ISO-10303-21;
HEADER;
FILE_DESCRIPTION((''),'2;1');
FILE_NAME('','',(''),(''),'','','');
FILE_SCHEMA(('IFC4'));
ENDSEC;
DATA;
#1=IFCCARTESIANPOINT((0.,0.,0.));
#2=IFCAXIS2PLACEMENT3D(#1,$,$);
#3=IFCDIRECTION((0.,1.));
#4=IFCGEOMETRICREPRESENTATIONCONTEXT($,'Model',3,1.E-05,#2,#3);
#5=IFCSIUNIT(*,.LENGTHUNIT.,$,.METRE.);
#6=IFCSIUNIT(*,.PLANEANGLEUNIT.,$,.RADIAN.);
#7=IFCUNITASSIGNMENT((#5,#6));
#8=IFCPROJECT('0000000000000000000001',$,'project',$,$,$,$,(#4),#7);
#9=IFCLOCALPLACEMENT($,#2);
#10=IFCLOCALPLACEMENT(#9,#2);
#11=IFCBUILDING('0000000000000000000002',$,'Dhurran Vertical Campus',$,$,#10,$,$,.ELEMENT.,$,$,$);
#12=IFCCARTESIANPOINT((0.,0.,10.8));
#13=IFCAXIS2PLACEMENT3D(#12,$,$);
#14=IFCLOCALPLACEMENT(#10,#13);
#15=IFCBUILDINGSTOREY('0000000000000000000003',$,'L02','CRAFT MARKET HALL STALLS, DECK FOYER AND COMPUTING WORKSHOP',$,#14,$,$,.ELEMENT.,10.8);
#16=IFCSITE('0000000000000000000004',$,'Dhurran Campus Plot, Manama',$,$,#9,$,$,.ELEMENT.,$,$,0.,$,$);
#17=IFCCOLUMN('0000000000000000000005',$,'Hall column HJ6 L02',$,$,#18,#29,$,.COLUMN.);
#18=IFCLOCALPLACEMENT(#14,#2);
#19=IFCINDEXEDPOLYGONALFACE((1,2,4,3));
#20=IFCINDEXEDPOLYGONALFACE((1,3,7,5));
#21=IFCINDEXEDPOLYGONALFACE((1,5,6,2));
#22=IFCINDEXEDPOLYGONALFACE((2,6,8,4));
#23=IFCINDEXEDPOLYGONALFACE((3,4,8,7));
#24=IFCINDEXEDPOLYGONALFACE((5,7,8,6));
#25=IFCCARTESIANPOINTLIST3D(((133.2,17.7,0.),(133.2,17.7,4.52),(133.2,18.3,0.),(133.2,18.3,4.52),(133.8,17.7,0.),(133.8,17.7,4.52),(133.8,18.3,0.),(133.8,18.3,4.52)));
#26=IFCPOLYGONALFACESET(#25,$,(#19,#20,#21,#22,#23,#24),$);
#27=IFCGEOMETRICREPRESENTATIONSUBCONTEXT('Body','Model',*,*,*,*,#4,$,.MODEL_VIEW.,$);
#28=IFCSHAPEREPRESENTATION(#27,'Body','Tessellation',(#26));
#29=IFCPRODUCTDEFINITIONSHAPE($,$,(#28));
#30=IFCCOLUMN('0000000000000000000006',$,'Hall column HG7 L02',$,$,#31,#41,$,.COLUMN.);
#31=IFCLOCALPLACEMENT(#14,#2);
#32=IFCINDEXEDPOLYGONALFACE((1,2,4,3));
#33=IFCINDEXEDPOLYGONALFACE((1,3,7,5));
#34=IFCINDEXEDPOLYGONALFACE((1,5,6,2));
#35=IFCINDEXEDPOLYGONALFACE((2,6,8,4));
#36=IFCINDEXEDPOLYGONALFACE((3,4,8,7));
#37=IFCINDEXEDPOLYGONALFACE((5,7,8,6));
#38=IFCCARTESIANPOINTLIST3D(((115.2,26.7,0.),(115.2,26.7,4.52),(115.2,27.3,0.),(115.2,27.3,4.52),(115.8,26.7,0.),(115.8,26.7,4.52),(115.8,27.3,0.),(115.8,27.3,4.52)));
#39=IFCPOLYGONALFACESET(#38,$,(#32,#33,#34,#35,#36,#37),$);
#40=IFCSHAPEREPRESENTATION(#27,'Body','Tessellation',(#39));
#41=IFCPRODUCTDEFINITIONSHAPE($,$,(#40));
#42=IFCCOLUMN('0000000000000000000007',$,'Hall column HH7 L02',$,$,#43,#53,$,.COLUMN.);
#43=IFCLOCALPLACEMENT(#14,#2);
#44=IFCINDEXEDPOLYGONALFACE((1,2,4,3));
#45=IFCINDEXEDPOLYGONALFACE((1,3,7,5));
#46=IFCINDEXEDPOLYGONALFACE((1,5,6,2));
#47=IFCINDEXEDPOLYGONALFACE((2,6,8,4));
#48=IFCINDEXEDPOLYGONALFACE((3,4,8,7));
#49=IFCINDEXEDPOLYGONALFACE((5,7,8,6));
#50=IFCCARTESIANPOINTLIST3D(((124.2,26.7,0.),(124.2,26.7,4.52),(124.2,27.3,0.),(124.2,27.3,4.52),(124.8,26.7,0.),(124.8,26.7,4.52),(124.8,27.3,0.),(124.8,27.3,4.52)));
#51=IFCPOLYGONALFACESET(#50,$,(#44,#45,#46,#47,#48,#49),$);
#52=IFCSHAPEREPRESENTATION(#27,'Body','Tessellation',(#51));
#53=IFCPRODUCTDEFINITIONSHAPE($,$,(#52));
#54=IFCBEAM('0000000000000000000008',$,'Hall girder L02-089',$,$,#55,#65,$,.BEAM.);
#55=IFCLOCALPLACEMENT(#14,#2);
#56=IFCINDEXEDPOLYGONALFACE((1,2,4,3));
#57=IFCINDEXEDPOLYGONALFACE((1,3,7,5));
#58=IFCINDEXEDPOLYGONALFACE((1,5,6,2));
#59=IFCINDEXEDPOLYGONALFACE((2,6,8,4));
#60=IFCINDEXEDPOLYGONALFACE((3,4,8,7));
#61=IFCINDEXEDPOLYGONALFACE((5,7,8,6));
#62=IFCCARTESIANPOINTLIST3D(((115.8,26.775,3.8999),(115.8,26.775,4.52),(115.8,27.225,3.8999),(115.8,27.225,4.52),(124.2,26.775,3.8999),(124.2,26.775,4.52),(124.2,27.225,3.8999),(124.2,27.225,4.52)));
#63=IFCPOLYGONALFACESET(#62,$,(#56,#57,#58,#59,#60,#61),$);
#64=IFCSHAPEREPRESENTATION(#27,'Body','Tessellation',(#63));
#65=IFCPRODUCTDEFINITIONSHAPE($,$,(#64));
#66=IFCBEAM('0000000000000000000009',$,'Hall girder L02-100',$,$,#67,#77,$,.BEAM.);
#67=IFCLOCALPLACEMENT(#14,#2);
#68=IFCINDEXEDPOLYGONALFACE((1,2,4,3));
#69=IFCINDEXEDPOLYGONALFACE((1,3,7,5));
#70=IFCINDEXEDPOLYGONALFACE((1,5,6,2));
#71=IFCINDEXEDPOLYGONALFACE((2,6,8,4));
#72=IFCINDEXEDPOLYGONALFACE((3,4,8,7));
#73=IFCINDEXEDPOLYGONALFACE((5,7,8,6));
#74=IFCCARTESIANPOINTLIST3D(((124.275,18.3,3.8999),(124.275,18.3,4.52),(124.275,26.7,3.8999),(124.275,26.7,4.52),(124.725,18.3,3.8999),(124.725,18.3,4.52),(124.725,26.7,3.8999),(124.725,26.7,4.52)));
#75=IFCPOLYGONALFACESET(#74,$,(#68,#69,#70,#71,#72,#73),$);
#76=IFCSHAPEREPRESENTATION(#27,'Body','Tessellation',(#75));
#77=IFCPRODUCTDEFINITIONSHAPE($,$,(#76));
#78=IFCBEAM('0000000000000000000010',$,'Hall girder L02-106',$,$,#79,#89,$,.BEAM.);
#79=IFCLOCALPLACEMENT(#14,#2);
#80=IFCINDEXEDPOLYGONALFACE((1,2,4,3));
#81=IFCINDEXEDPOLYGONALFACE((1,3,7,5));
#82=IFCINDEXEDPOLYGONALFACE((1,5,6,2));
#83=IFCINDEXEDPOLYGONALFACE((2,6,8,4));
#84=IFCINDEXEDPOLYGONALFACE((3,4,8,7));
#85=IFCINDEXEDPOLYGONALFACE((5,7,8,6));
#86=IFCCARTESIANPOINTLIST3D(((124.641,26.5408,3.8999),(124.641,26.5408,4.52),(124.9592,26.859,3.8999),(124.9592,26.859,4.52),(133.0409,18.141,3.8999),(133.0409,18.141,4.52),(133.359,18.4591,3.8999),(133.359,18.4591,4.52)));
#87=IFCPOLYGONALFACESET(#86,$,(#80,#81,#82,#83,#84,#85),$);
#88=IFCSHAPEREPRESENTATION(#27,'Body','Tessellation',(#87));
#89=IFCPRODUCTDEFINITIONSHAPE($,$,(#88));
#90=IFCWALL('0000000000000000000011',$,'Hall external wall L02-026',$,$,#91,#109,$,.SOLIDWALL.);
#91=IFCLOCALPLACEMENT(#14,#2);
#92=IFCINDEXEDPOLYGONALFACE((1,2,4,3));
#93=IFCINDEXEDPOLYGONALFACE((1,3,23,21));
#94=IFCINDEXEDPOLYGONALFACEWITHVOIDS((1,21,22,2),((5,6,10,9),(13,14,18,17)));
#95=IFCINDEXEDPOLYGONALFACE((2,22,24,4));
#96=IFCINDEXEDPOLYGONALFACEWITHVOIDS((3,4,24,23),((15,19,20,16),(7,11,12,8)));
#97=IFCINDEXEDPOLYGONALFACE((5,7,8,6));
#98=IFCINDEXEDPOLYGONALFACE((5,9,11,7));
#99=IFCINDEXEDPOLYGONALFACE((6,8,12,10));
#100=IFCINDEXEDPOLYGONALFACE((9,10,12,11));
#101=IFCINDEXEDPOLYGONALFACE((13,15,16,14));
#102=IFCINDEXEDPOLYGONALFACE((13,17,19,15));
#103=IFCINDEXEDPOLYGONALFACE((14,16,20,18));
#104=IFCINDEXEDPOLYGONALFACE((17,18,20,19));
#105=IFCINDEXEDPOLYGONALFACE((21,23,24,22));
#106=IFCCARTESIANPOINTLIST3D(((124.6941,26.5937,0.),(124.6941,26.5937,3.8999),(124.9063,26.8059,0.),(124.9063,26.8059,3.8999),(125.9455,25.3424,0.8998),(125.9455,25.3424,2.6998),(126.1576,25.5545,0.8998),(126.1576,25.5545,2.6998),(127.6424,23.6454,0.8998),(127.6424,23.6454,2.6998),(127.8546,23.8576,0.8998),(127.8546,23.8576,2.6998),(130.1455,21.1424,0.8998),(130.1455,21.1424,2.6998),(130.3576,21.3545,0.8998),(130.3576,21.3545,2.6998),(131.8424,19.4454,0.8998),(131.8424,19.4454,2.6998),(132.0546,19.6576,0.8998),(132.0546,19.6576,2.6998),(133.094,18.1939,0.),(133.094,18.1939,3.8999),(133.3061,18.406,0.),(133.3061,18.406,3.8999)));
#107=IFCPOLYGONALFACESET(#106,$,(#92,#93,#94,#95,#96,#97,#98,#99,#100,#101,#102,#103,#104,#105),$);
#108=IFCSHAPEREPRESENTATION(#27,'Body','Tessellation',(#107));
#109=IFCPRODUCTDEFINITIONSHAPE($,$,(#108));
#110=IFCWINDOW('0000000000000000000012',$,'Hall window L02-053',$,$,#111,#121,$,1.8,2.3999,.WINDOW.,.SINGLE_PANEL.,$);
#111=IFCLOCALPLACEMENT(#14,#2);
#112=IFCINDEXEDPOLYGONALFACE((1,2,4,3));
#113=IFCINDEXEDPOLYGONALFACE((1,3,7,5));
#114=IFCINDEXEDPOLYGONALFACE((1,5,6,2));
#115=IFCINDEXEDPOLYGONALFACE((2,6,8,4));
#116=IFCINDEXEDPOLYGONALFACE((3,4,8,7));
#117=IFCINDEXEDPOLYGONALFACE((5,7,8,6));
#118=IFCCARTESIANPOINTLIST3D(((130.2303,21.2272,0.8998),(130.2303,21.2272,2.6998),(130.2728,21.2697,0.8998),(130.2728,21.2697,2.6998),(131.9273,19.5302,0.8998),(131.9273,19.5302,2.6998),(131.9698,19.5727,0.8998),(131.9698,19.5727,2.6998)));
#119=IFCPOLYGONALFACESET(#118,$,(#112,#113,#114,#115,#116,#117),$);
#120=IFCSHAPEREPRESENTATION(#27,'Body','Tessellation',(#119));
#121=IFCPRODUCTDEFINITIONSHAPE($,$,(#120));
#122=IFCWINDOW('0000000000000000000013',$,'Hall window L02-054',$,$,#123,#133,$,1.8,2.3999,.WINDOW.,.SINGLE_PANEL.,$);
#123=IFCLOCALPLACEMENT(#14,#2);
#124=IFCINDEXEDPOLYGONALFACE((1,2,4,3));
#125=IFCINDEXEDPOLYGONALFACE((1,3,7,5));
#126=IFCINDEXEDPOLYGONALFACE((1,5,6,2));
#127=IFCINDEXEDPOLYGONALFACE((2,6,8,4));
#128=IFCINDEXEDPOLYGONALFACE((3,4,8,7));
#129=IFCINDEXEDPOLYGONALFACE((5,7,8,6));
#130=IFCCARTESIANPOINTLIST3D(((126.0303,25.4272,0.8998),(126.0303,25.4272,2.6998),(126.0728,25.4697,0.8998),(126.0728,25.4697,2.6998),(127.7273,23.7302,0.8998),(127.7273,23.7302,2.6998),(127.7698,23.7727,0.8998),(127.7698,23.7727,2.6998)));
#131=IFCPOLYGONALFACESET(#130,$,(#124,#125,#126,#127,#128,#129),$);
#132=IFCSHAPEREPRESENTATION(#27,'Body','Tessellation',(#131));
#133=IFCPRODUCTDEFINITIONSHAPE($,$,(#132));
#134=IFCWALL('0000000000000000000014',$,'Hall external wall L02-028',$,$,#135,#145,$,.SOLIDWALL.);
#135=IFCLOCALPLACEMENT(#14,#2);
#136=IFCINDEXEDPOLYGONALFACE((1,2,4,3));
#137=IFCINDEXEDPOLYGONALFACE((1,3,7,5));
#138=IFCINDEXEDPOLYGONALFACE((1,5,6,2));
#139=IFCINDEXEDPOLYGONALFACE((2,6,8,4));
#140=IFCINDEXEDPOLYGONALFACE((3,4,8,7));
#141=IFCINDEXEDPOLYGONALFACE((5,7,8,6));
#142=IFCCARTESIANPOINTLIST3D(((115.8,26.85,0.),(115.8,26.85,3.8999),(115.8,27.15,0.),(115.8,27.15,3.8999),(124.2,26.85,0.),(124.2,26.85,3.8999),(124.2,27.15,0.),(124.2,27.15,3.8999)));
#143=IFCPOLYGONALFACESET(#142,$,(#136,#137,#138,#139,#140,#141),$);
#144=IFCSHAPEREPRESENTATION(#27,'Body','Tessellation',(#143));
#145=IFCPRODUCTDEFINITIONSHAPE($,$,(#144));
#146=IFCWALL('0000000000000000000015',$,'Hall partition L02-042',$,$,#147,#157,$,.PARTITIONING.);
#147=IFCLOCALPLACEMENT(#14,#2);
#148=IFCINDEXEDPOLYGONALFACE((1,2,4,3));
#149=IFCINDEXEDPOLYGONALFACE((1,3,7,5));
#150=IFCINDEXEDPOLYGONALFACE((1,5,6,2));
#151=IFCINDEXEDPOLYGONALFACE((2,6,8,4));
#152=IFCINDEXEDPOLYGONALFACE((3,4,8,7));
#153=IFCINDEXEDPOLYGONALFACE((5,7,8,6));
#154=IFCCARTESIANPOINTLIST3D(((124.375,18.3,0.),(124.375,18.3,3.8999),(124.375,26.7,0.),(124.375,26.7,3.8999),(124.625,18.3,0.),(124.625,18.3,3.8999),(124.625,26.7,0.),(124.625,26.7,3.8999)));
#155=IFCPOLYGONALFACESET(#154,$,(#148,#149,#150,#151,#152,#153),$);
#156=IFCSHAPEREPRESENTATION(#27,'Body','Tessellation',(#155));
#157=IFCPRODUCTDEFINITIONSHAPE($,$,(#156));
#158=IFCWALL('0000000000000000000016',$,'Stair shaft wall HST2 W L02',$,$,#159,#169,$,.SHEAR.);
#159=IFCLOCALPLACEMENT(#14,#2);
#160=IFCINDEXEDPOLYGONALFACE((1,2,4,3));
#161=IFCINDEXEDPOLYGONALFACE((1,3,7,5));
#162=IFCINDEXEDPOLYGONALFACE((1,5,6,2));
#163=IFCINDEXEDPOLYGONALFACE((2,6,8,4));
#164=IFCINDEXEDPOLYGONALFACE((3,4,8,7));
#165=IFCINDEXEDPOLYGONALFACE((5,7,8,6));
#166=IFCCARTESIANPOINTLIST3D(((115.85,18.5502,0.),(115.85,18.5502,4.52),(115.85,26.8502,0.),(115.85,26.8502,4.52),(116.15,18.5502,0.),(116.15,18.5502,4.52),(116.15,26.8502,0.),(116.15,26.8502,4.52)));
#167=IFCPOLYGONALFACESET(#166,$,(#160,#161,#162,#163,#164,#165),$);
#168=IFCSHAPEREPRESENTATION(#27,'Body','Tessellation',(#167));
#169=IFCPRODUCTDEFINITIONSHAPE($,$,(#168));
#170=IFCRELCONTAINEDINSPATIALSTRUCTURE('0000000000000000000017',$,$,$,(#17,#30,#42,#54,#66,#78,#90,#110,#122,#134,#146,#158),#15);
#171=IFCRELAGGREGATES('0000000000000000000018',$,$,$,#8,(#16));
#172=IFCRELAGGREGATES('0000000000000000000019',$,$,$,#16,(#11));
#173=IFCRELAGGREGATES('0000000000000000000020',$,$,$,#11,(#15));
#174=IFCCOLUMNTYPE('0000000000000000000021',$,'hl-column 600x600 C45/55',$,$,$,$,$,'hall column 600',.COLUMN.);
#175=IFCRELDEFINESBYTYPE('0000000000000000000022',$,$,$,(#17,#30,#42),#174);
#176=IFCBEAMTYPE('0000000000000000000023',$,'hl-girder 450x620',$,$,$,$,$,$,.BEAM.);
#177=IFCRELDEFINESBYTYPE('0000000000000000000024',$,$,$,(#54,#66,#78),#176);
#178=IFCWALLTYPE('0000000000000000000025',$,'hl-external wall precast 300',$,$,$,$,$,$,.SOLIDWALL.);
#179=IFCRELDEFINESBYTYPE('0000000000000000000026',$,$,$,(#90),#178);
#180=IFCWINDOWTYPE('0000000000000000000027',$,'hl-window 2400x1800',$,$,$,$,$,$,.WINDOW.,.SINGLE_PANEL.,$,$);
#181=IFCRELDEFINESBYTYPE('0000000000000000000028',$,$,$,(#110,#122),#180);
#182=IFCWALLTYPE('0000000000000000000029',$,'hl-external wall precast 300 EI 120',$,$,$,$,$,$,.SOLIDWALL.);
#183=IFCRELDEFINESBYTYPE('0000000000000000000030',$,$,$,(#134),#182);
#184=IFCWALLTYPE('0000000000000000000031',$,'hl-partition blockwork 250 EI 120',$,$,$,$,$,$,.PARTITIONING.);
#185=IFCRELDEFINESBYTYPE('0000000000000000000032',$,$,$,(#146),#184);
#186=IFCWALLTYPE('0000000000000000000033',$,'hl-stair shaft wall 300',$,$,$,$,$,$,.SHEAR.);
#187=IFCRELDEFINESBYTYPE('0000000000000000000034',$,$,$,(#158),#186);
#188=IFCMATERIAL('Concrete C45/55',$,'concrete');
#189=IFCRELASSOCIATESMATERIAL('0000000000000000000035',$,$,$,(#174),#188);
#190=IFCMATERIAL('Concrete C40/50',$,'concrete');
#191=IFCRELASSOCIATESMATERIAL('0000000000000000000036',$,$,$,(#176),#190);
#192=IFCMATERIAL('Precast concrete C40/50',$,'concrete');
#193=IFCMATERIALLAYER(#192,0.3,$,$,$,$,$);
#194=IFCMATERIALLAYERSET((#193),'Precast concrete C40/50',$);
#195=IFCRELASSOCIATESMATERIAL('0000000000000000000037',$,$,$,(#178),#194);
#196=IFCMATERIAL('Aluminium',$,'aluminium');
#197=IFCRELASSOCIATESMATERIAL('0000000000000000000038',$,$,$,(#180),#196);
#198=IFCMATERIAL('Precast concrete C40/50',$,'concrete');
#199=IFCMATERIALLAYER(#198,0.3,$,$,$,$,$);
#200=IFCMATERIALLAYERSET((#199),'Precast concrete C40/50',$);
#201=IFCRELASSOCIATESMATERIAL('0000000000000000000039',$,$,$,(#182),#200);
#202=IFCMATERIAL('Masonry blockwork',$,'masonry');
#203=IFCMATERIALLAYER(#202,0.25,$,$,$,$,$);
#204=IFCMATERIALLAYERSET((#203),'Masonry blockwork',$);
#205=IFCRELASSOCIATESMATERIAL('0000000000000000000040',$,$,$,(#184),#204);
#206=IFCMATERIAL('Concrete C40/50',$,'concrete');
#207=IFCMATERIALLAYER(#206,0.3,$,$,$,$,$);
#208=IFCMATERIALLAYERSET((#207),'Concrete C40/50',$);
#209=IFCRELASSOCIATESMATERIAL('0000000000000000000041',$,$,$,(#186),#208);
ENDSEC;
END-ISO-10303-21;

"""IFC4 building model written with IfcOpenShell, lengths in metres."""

from ifc_helpers import new_model, si_unit, direction, frame, frame_2d, origin, origin_2d, place, context, subcontext, project, spatial, rectangle, extrude, material, layer, layer_set, material_profile, profile_set, type_object, element, fill, save


model = new_model("IFC4")

# Units and contexts
model_context = context("Model", 3, precision=1e-05, world=origin(), true_north=direction((0.0, 1.0)))
body_context = subcontext(model_context, "Body", "Model", "MODEL_VIEW")
ifc_project = project(units=[si_unit("LENGTHUNIT", "METRE"), si_unit("PLANEANGLEUNIT", "RADIAN")], contexts=[model_context])

# Site, building, storey
site_placement = place(None, origin())
site = spatial("IfcSite", under=ifc_project, at=site_placement, Name="Dhurran Campus Plot, Manama", CompositionType="ELEMENT", RefElevation=0.0)
building_placement = place(site_placement, origin())
building = spatial("IfcBuilding", under=site, at=building_placement, Name="Dhurran Vertical Campus", CompositionType="ELEMENT")
storey_placement = place(building_placement, frame((0.0, 0.0, 10.8)))
storey = spatial("IfcBuildingStorey", under=building, at=storey_placement, Name="L02", Description="CRAFT MARKET HALL STALLS, DECK FOYER AND COMPUTING WORKSHOP", CompositionType="ELEMENT", Elevation=10.8)

# Columns
ifc_material_1 = material(Name="Concrete C45/55", Category="concrete")
ifc_material_profile_1 = material_profile(ifc_material_1, rectangle(XDim=0.6001, YDim=0.6001, at=origin_2d()), Name="hl-column 600x600 C45/55")
ifc_profile_set_1 = profile_set([ifc_material_profile_1], Name="Concrete C45/55")
column_type = type_object("IfcColumnType", Name="hl-column 600x600 C45/55", ElementType="hall column 600", PredefinedType="COLUMN", material=ifc_profile_set_1)
for number, where, z_axis, x_axis, name in (
    (1, (133.5, 18.0, 0.0), (0.0, 0.0, 1.0), (1.0, 0.0, 0.0), "Hall column HJ6 L02"),
    (2, (115.5, 27.0, 0.0), (0.0, 0.0, 1.0), (1.0, 0.0, 0.0), "Hall column HG7 L02"),
    (3, (124.5, 27.0, 0.0), (0.0, 0.0, 1.0), (1.0, 0.0, 0.0), "Hall column HH7 L02"),
):
    element("IfcColumn", number, at=place(storey_placement, frame(where, z_axis=z_axis, x_axis=x_axis)), inside=storey, type_object=column_type, Name=name, PredefinedType="COLUMN", context=body_context, shape_type="SweptSolid", body=[
        extrude(rectangle(XDim=0.6001, YDim=0.6001, at=origin_2d()), origin(), (0.0, 0.0, 1.0), 4.52),
    ])

# Beams
ifc_material_2 = material(Name="Concrete C40/50", Category="concrete")
ifc_material_profile_2 = material_profile(ifc_material_2, rectangle(XDim=0.45, YDim=0.6201, at=origin_2d()), Name="hl-girder 450x620")
ifc_profile_set_2 = profile_set([ifc_material_profile_2], Name="Concrete C40/50")
beam_type = type_object("IfcBeamType", Name="hl-girder 450x620", PredefinedType="BEAM", material=ifc_profile_set_2)
for number, where, z_axis, x_axis, name in (
    (4, (115.8, 27.0, 4.21), (1.0, 0.0, 0.0), (0.0, 1.0, 0.0), "Hall girder L02-089"),
    (5, (124.5, 18.3, 4.21), (0.0, 1.0, 0.0), (-1.0, 0.0, 0.0), "Hall girder L02-100"),
):
    element("IfcBeam", number, at=place(storey_placement, frame(where, z_axis=z_axis, x_axis=x_axis)), inside=storey, type_object=beam_type, Name=name, PredefinedType="BEAM", context=body_context, shape_type="SweptSolid", body=[
        extrude(rectangle(XDim=0.45, YDim=0.6201, at=origin_2d()), origin(), (0.0, 0.0, 1.0), 8.3999),
    ])
beam_placement = place(storey_placement, frame((133.2, 18.3, 4.21), z_axis=(-0.707107, 0.707107, 0.0), x_axis=(-0.707107, -0.707107, 0.0)))
element("IfcBeam", 6, at=beam_placement, inside=storey, type_object=beam_type, Name="Hall girder L02-106", PredefinedType="BEAM", context=body_context, shape_type="SweptSolid", body=[
    extrude(rectangle(XDim=0.45, YDim=0.6201, at=origin_2d()), origin(), (0.0, 0.0, 1.0), 11.8792),
])

# Wall, openings, windows
ifc_material_3 = material(Name="Precast concrete C40/50", Category="concrete")
ifc_layer_1 = layer(ifc_material_3, 0.3)
ifc_layer_set_1 = layer_set([ifc_layer_1], Name="Precast concrete C40/50")
wall_type_1 = type_object("IfcWallType", Name="hl-external wall precast 300", PredefinedType="SOLIDWALL", material=ifc_layer_set_1)
wall_1_placement = place(storey_placement, frame((133.2, 18.3, 0.0), z_axis=(0.0, 0.0, 1.0), x_axis=(-0.707107, 0.707107, 0.0)))
wall_1 = element("IfcWall", 7, at=wall_1_placement, inside=storey, type_object=wall_type_1, Name="Hall external wall L02-026", PredefinedType="SOLIDWALL", context=body_context, shape_type="SweptSolid", body=[
    extrude(rectangle(XDim=11.8792, YDim=0.3, at=frame_2d((5.9395, 0.0))), origin(), (0.0, 0.0, 1.0), 3.8999),
])
opening_1_placement = place(wall_1_placement, frame((1.7698, 0.0, 0.8999)))
opening_1 = element("IfcOpeningElement", 8, at=opening_1_placement, cuts=wall_1, PredefinedType="OPENING", context=body_context, shape_type="SweptSolid", body=[
    extrude(rectangle(XDim=2.3999, YDim=1.8, at=frame_2d((1.2, 0.8999))), frame((0.0, 0.1599, 0.0), z_axis=(0.0, -1.0, 0.0), x_axis=(1.0, 0.0, 0.0)), (0.0, 0.0, 1.0), 0.3201),
])
opening_2_placement = place(wall_1_placement, frame((7.7095, 0.0, 0.8999)))
opening_2 = element("IfcOpeningElement", 9, at=opening_2_placement, cuts=wall_1, PredefinedType="OPENING", context=body_context, shape_type="SweptSolid", body=[
    extrude(rectangle(XDim=2.3999, YDim=1.8, at=frame_2d((1.2, 0.8999))), frame((0.0, 0.1599, 0.0), z_axis=(0.0, -1.0, 0.0), x_axis=(1.0, 0.0, 0.0)), (0.0, 0.0, 1.0), 0.3201),
])
ifc_material_4 = material(Name="Aluminium", Category="aluminium")
window_type = type_object("IfcWindowType", Name="hl-window 2400x1800", PartitioningType="SINGLE_PANEL", PredefinedType="WINDOW", material=ifc_material_4)
window_1_placement = place(opening_1_placement, origin())
window_1 = element("IfcWindow", 10, at=window_1_placement, inside=storey, type_object=window_type, Name="Hall window L02-053", OverallHeight=1.8, OverallWidth=2.3999, PartitioningType="SINGLE_PANEL", PredefinedType="WINDOW", context=body_context, shape_type="SweptSolid", body=[
    extrude(rectangle(XDim=2.3999, YDim=1.8, at=frame_2d((1.2, 0.8999))), frame((0.0, 0.03, 0.0), z_axis=(0.0, -1.0, 0.0), x_axis=(1.0, 0.0, 0.0)), (0.0, 0.0, 1.0), 0.0601),
])
fill(opening_1, window_1)
window_2_placement = place(opening_2_placement, origin())
window_2 = element("IfcWindow", 11, at=window_2_placement, inside=storey, type_object=window_type, Name="Hall window L02-054", OverallHeight=1.8, OverallWidth=2.3999, PartitioningType="SINGLE_PANEL", PredefinedType="WINDOW", context=body_context, shape_type="SweptSolid", body=[
    extrude(rectangle(XDim=2.3999, YDim=1.8, at=frame_2d((1.2, 0.8999))), frame((0.0, 0.03, 0.0), z_axis=(0.0, -1.0, 0.0), x_axis=(1.0, 0.0, 0.0)), (0.0, 0.0, 1.0), 0.0601),
])
fill(opening_2, window_2)

# Walls
ifc_material_5 = material(Name="Precast concrete C40/50", Category="concrete")
ifc_layer_2 = layer(ifc_material_5, 0.3)
ifc_layer_set_2 = layer_set([ifc_layer_2], Name="Precast concrete C40/50")
wall_type_2 = type_object("IfcWallType", Name="hl-external wall precast 300 EI 120", PredefinedType="SOLIDWALL", material=ifc_layer_set_2)
wall_2_placement = place(storey_placement, frame((124.2, 27.0, 0.0), z_axis=(0.0, 0.0, 1.0), x_axis=(-1.0, 0.0, 0.0)))
element("IfcWall", 12, at=wall_2_placement, inside=storey, type_object=wall_type_2, Name="Hall external wall L02-028", PredefinedType="SOLIDWALL", context=body_context, shape_type="SweptSolid", body=[
    extrude(rectangle(XDim=8.3999, YDim=0.3, at=frame_2d((4.2, 0.0))), origin(), (0.0, 0.0, 1.0), 3.8999),
])
ifc_material_6 = material(Name="Masonry blockwork", Category="masonry")
ifc_layer_3 = layer(ifc_material_6, 0.25)
ifc_layer_set_3 = layer_set([ifc_layer_3], Name="Masonry blockwork")
wall_type_3 = type_object("IfcWallType", Name="hl-partition blockwork 250 EI 120", PredefinedType="PARTITIONING", material=ifc_layer_set_3)
wall_3_placement = place(storey_placement, frame((124.5, 18.3, 0.0), z_axis=(0.0, 0.0, 1.0), x_axis=(0.0, 1.0, 0.0)))
element("IfcWall", 13, at=wall_3_placement, inside=storey, type_object=wall_type_3, Name="Hall partition L02-042", PredefinedType="PARTITIONING", context=body_context, shape_type="SweptSolid", body=[
    extrude(rectangle(XDim=8.3999, YDim=0.25, at=frame_2d((4.2, 0.0))), origin(), (0.0, 0.0, 1.0), 3.8999),
])
ifc_material_7 = material(Name="Concrete C40/50", Category="concrete")
ifc_layer_4 = layer(ifc_material_7, 0.3)
ifc_layer_set_4 = layer_set([ifc_layer_4], Name="Concrete C40/50")
wall_type_4 = type_object("IfcWallType", Name="hl-stair shaft wall 300", PredefinedType="SHEAR", material=ifc_layer_set_4)
wall_4_placement = place(storey_placement, frame((116.0, 26.8501, 0.0), z_axis=(0.0, 0.0, 1.0), x_axis=(0.0, -1.0, 0.0)))
element("IfcWall", 14, at=wall_4_placement, inside=storey, type_object=wall_type_4, Name="Stair shaft wall HST2 W L02", PredefinedType="SHEAR", context=body_context, shape_type="SweptSolid", body=[
    extrude(rectangle(XDim=8.3, YDim=0.3, at=frame_2d((4.1499, 0.0))), origin(), (0.0, 0.0, 1.0), 4.52),
])

save(model, "model.ifc")
